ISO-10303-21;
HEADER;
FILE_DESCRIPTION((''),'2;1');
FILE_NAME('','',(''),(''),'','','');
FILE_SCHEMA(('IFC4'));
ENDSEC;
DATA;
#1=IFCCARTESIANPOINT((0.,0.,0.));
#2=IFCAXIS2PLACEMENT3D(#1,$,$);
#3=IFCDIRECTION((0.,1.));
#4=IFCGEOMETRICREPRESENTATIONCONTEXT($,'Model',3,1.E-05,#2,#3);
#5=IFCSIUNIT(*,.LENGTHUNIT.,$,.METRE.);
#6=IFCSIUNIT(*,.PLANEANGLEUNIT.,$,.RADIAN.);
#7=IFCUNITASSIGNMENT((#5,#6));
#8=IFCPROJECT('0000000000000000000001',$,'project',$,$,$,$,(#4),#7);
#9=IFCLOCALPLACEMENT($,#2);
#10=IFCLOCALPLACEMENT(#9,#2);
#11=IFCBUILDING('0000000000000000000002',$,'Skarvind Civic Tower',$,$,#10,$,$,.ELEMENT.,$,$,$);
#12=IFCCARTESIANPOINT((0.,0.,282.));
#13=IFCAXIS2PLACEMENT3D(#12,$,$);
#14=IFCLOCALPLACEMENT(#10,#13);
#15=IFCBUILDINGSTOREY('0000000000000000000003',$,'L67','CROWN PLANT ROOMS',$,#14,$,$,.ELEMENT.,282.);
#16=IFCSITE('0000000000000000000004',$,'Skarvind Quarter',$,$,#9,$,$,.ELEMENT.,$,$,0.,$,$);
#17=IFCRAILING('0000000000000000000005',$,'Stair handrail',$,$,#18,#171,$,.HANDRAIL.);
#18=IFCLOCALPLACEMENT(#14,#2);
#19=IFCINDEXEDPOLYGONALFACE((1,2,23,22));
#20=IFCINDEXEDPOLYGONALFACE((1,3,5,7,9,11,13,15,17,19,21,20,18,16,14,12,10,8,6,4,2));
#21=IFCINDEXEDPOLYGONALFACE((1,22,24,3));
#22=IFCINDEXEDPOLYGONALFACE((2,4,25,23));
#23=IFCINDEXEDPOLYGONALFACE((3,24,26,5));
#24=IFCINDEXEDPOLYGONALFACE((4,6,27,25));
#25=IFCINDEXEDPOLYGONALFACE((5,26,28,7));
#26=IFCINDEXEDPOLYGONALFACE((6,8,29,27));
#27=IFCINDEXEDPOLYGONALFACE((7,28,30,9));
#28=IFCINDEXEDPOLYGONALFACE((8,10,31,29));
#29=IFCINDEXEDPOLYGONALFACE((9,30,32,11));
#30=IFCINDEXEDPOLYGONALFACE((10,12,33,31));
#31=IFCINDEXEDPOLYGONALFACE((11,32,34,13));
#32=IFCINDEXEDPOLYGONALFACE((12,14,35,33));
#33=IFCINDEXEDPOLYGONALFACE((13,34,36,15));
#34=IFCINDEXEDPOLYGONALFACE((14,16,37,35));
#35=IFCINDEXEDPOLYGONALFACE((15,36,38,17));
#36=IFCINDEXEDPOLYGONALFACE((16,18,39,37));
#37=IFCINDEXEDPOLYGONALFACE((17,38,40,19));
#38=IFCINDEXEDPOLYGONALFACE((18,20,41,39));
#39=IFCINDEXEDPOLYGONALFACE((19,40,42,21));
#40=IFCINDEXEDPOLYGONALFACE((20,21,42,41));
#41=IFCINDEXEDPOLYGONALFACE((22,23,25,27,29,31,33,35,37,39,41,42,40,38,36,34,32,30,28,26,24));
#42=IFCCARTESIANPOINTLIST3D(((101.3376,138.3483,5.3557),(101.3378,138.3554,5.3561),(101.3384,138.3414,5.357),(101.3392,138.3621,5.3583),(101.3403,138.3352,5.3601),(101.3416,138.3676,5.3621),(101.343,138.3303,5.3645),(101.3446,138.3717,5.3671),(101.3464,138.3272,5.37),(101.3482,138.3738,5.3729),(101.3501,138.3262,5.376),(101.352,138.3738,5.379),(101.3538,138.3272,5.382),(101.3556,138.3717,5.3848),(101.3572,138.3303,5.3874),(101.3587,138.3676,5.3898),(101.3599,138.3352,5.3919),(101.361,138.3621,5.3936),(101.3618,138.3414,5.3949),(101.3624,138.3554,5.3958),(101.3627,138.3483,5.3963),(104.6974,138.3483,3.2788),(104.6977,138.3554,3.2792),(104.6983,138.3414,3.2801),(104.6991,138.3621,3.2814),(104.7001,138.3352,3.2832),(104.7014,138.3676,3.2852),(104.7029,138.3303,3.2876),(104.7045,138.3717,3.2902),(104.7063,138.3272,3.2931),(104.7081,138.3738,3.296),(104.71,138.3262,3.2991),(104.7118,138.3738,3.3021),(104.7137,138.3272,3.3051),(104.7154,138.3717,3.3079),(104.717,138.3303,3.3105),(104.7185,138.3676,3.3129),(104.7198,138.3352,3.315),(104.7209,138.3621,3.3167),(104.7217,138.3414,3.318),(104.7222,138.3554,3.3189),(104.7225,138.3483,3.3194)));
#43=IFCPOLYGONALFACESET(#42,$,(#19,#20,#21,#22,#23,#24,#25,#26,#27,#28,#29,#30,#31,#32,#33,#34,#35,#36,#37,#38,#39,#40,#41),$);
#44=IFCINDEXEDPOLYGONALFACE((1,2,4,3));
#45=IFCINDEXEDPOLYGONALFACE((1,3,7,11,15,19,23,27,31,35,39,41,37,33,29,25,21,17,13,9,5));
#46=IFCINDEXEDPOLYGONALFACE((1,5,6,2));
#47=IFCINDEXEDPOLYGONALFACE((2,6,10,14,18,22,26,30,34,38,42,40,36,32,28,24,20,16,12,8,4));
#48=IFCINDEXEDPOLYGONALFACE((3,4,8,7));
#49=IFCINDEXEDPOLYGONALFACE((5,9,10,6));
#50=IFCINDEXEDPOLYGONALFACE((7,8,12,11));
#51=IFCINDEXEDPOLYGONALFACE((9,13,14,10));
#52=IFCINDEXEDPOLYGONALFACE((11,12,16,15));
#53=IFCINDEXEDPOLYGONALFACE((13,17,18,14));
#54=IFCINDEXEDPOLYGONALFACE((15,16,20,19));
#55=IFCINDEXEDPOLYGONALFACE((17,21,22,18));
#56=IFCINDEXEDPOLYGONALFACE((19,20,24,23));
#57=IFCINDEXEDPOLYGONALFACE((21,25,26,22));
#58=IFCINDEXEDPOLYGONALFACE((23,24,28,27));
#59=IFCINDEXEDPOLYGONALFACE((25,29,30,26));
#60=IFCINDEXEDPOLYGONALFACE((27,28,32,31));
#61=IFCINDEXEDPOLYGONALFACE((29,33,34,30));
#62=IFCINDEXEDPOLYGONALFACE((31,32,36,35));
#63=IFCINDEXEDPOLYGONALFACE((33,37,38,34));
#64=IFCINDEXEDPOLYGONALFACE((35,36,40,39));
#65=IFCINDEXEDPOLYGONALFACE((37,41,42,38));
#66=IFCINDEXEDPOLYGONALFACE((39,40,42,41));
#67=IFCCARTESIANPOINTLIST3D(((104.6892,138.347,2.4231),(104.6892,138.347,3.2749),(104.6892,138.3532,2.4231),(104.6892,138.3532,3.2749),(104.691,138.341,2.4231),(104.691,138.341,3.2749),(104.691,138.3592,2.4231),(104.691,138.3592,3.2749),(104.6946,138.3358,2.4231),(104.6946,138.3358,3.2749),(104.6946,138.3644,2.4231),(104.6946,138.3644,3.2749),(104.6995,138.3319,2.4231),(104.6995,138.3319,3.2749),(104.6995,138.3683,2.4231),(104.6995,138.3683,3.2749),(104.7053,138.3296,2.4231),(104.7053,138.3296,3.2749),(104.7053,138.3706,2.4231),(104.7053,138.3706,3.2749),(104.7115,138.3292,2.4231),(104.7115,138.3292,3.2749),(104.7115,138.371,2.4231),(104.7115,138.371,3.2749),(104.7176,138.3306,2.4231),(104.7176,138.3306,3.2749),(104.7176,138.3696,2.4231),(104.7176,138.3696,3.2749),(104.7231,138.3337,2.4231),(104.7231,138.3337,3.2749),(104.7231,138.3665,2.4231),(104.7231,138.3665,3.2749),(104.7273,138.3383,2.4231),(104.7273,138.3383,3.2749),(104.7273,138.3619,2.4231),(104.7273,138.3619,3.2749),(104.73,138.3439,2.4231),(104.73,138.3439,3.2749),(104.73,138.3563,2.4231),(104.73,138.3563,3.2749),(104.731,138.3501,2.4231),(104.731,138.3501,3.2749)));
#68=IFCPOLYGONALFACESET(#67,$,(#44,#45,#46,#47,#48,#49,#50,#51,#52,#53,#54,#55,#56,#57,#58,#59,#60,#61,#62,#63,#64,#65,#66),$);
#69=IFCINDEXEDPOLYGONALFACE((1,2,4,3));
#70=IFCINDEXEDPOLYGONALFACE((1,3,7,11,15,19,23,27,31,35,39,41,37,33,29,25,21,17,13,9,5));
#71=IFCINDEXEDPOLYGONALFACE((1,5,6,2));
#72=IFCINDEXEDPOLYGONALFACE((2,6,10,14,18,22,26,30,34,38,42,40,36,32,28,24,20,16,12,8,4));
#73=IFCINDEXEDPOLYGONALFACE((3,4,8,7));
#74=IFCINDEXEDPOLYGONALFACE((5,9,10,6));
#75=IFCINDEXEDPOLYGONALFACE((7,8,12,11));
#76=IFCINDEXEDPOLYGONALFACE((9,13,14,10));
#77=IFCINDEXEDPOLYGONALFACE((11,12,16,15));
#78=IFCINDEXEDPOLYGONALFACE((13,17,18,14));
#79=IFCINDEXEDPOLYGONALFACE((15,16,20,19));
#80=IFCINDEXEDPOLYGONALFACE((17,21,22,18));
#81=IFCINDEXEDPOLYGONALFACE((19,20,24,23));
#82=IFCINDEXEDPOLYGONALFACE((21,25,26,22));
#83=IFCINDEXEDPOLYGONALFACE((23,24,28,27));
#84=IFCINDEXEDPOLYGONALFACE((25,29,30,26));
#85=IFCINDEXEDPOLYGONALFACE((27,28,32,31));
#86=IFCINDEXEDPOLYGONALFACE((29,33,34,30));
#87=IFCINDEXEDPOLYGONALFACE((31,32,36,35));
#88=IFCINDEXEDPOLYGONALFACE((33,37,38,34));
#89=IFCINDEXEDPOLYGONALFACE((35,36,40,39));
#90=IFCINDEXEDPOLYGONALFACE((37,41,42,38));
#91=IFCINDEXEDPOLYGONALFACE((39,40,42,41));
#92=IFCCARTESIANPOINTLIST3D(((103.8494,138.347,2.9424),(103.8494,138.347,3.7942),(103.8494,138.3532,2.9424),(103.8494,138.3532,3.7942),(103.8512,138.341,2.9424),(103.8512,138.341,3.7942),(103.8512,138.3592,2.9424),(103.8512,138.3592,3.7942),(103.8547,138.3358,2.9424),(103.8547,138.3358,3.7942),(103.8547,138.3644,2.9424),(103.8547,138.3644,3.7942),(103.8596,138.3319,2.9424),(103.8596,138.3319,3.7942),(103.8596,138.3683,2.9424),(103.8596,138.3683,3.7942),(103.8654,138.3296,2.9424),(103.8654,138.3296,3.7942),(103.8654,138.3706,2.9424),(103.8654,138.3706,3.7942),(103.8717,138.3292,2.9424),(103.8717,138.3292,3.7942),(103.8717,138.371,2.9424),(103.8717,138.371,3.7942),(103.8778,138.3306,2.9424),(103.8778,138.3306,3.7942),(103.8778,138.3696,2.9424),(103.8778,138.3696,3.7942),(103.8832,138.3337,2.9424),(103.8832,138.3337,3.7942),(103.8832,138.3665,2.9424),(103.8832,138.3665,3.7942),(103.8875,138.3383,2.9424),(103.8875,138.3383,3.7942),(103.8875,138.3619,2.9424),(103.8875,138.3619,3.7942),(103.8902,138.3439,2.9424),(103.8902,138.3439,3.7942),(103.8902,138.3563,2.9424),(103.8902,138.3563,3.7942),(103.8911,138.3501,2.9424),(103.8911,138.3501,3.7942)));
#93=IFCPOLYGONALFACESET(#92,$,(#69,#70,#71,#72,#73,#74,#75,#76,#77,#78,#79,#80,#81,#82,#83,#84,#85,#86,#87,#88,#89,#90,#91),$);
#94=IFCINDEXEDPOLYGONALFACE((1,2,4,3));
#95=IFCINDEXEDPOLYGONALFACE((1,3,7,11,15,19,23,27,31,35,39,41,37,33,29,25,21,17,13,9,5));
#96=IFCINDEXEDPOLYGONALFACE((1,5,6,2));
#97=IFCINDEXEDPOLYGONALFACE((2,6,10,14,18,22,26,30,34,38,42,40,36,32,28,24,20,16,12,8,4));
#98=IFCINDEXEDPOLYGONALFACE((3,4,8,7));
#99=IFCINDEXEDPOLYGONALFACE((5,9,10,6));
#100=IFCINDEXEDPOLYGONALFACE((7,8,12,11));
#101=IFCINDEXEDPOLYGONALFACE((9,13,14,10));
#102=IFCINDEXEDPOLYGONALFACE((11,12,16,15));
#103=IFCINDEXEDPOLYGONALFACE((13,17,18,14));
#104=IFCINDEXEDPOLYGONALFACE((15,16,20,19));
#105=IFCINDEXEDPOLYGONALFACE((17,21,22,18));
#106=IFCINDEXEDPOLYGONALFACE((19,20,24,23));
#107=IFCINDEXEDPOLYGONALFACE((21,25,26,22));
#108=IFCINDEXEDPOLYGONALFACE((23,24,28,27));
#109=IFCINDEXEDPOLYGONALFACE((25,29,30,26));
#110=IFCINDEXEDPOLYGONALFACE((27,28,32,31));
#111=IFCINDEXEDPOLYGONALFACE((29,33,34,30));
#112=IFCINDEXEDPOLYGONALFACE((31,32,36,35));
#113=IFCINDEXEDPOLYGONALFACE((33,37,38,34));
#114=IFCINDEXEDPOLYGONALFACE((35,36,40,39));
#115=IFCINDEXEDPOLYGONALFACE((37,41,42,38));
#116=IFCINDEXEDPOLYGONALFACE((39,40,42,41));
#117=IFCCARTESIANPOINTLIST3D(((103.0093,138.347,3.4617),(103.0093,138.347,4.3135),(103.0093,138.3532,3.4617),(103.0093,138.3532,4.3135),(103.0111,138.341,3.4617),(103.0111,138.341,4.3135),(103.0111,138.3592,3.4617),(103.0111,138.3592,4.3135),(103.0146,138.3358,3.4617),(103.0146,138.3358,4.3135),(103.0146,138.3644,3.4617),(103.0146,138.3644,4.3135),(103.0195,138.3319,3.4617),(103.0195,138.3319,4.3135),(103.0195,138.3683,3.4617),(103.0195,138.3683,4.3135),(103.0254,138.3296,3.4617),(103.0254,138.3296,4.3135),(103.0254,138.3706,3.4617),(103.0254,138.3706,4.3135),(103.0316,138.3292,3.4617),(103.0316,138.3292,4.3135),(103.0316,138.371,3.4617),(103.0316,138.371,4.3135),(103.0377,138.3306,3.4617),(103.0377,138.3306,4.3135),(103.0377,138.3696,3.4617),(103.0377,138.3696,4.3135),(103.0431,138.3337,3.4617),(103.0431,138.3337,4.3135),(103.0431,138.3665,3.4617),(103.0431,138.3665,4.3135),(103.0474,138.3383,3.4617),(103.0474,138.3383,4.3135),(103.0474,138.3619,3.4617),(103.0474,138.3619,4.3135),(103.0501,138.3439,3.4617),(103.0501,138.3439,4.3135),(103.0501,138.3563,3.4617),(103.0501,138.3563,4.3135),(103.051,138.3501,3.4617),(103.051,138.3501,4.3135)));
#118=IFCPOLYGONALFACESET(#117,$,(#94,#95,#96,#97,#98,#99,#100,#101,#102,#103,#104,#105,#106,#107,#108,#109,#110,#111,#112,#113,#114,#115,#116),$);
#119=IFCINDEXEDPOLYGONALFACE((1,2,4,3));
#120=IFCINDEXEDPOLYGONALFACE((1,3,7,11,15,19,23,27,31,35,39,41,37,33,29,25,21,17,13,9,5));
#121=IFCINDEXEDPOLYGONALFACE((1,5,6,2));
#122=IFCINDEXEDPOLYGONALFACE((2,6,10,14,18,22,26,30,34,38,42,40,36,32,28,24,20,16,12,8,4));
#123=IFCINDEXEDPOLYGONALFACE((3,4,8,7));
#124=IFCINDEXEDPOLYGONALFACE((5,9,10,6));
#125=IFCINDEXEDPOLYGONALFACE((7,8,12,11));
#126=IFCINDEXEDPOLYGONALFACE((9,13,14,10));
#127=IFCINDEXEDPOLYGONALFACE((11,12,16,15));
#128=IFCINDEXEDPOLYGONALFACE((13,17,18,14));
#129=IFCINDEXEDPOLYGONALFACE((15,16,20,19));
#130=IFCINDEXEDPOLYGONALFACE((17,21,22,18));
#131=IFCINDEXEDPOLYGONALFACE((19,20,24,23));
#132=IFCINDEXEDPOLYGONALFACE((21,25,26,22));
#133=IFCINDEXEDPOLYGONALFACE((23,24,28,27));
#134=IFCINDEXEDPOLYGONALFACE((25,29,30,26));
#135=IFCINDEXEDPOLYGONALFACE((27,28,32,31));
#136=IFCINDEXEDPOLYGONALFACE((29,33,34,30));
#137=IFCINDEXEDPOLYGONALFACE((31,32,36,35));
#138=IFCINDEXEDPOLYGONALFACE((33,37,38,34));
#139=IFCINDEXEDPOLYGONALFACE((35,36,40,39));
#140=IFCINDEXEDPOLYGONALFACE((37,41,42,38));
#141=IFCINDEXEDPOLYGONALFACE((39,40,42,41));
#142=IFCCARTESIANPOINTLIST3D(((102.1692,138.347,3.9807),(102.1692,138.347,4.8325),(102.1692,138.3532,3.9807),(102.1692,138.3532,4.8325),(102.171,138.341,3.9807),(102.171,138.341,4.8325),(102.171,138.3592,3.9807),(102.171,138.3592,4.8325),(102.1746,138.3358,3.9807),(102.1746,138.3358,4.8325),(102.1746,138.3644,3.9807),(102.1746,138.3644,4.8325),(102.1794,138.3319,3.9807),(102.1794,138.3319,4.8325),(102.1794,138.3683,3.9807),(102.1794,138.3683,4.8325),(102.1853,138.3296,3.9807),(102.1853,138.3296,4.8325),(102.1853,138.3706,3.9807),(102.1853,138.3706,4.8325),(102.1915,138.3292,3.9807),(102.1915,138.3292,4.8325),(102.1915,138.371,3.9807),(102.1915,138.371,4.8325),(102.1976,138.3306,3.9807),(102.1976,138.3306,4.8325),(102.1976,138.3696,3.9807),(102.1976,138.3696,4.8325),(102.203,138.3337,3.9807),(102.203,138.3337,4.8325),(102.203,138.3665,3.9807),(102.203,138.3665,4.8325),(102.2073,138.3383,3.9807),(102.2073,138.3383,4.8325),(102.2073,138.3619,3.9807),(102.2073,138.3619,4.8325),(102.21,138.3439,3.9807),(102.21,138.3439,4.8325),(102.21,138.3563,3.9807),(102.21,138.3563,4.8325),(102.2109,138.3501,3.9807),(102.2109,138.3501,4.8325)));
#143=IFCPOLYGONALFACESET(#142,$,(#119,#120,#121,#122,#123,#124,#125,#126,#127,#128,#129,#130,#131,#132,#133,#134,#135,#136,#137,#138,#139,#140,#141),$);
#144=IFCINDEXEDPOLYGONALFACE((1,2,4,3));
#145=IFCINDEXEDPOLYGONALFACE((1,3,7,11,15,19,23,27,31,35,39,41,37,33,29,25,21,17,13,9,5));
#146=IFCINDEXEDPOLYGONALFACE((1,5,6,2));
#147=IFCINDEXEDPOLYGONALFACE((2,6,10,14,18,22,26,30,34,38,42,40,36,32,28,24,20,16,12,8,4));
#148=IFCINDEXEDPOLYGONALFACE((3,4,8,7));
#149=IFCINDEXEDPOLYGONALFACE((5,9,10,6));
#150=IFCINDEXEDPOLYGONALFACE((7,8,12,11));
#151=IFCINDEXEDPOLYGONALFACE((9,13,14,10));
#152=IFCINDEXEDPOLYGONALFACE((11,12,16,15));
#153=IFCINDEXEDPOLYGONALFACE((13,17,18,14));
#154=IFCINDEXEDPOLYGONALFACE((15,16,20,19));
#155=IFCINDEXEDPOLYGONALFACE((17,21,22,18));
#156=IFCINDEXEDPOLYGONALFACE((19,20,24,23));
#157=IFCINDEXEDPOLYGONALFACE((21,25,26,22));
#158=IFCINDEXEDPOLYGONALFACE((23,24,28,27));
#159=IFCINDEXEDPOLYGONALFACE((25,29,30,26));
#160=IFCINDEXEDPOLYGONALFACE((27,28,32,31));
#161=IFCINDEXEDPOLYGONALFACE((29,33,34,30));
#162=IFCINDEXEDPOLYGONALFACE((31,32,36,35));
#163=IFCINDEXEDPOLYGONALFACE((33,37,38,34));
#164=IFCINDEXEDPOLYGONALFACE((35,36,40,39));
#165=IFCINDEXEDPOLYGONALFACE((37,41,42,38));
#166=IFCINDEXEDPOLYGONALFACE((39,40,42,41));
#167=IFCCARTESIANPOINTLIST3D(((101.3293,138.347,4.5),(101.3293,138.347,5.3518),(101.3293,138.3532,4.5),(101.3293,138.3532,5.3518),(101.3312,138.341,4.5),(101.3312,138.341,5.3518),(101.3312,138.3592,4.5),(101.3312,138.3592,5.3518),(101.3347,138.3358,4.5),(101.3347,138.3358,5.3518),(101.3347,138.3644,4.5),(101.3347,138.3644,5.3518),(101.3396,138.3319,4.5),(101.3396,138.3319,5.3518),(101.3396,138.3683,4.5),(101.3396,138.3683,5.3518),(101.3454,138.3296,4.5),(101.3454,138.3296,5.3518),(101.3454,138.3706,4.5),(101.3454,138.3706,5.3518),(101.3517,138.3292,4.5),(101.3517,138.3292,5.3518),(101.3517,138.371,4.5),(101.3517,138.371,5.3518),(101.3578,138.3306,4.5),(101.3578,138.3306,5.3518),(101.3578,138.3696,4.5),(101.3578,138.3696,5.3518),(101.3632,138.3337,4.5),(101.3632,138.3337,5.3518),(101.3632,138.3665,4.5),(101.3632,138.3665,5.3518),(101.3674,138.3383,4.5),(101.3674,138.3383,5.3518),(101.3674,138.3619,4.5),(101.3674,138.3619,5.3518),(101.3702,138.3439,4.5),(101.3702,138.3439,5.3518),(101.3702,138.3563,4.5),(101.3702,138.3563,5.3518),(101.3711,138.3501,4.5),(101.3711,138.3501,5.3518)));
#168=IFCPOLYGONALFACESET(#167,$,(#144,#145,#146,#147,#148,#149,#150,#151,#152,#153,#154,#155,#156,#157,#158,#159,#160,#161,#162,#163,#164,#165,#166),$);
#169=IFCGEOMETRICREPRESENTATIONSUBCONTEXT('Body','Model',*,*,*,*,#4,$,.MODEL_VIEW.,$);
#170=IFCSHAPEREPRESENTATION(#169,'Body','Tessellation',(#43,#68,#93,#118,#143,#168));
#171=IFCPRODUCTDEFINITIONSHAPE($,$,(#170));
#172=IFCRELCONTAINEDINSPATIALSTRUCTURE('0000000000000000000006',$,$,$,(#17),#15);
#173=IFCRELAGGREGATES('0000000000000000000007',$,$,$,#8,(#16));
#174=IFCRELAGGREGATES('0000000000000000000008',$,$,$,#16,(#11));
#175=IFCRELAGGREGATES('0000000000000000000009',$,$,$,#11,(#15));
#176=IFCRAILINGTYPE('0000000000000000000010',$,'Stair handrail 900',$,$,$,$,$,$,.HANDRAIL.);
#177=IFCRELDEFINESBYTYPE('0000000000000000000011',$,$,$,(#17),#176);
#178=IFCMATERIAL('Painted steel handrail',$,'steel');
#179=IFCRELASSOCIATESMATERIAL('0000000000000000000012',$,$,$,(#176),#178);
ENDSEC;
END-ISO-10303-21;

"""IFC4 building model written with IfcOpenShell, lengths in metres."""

from ifc_helpers import new_model, si_unit, direction, frame, origin, origin_2d, place, context, subcontext, project, spatial, circle, extrude, material, type_object, element, save


model = new_model("IFC4")

# Units and contexts
model_context = context("Model", 3, precision=1e-05, world=origin(), true_north=direction((0.0, 1.0)))
body_context = subcontext(model_context, "Body", "Model", "MODEL_VIEW")
ifc_project = project(units=[si_unit("LENGTHUNIT", "METRE"), si_unit("PLANEANGLEUNIT", "RADIAN")], contexts=[model_context])

# Site, building, storey
site_placement = place(None, origin())
site = spatial("IfcSite", under=ifc_project, at=site_placement, Name="Skarvind Quarter", CompositionType="ELEMENT", RefElevation=0.0)
building_placement = place(site_placement, origin())
building = spatial("IfcBuilding", under=site, at=building_placement, Name="Skarvind Civic Tower", CompositionType="ELEMENT")
storey_placement = place(building_placement, frame((0.0, 0.0, 282.0)))
storey = spatial("IfcBuildingStorey", under=building, at=storey_placement, Name="L67", Description="CROWN PLANT ROOMS", CompositionType="ELEMENT", Elevation=282.0)

# Railing
ifc_material_1 = material(Name="Painted steel handrail", Category="steel")
railing_type = type_object("IfcRailingType", Name="Stair handrail 900", PredefinedType="HANDRAIL", material=ifc_material_1)
railing_1_placement = place(storey_placement, frame((104.71, 138.3501, 2.4231)))
element("IfcRailing", 1, at=railing_1_placement, inside=storey, type_object=railing_type, Name="Stair handrail", PredefinedType="HANDRAIL", context=body_context, shape_type="SweptSolid", body=[
    extrude(circle(Radius=0.0239, at=origin_2d()), frame((0.0, 0.0, 0.876), z_axis=(-0.850606, 0.0, 0.525803), x_axis=(0.0, -1.0, 0.0)), (0.0, 0.0, 1.0), 3.95),
    extrude(circle(Radius=0.021, at=origin_2d()), origin(), (0.0, 0.0, 1.0), 0.8518),
    extrude(circle(Radius=0.021, at=origin_2d()), frame((-0.8398, 0.0, 0.5193)), (0.0, 0.0, 1.0), 0.8518),
    extrude(circle(Radius=0.021, at=origin_2d()), frame((-1.6799, 0.0, 1.0386)), (0.0, 0.0, 1.0), 0.8518),
    extrude(circle(Radius=0.021, at=origin_2d()), frame((-2.52, 0.0, 1.5576)), (0.0, 0.0, 1.0), 0.8518),
    extrude(circle(Radius=0.021, at=origin_2d()), frame((-3.3599, 0.0, 2.0769)), (0.0, 0.0, 1.0), 0.8518),
])

save(model, "model.ifc")
